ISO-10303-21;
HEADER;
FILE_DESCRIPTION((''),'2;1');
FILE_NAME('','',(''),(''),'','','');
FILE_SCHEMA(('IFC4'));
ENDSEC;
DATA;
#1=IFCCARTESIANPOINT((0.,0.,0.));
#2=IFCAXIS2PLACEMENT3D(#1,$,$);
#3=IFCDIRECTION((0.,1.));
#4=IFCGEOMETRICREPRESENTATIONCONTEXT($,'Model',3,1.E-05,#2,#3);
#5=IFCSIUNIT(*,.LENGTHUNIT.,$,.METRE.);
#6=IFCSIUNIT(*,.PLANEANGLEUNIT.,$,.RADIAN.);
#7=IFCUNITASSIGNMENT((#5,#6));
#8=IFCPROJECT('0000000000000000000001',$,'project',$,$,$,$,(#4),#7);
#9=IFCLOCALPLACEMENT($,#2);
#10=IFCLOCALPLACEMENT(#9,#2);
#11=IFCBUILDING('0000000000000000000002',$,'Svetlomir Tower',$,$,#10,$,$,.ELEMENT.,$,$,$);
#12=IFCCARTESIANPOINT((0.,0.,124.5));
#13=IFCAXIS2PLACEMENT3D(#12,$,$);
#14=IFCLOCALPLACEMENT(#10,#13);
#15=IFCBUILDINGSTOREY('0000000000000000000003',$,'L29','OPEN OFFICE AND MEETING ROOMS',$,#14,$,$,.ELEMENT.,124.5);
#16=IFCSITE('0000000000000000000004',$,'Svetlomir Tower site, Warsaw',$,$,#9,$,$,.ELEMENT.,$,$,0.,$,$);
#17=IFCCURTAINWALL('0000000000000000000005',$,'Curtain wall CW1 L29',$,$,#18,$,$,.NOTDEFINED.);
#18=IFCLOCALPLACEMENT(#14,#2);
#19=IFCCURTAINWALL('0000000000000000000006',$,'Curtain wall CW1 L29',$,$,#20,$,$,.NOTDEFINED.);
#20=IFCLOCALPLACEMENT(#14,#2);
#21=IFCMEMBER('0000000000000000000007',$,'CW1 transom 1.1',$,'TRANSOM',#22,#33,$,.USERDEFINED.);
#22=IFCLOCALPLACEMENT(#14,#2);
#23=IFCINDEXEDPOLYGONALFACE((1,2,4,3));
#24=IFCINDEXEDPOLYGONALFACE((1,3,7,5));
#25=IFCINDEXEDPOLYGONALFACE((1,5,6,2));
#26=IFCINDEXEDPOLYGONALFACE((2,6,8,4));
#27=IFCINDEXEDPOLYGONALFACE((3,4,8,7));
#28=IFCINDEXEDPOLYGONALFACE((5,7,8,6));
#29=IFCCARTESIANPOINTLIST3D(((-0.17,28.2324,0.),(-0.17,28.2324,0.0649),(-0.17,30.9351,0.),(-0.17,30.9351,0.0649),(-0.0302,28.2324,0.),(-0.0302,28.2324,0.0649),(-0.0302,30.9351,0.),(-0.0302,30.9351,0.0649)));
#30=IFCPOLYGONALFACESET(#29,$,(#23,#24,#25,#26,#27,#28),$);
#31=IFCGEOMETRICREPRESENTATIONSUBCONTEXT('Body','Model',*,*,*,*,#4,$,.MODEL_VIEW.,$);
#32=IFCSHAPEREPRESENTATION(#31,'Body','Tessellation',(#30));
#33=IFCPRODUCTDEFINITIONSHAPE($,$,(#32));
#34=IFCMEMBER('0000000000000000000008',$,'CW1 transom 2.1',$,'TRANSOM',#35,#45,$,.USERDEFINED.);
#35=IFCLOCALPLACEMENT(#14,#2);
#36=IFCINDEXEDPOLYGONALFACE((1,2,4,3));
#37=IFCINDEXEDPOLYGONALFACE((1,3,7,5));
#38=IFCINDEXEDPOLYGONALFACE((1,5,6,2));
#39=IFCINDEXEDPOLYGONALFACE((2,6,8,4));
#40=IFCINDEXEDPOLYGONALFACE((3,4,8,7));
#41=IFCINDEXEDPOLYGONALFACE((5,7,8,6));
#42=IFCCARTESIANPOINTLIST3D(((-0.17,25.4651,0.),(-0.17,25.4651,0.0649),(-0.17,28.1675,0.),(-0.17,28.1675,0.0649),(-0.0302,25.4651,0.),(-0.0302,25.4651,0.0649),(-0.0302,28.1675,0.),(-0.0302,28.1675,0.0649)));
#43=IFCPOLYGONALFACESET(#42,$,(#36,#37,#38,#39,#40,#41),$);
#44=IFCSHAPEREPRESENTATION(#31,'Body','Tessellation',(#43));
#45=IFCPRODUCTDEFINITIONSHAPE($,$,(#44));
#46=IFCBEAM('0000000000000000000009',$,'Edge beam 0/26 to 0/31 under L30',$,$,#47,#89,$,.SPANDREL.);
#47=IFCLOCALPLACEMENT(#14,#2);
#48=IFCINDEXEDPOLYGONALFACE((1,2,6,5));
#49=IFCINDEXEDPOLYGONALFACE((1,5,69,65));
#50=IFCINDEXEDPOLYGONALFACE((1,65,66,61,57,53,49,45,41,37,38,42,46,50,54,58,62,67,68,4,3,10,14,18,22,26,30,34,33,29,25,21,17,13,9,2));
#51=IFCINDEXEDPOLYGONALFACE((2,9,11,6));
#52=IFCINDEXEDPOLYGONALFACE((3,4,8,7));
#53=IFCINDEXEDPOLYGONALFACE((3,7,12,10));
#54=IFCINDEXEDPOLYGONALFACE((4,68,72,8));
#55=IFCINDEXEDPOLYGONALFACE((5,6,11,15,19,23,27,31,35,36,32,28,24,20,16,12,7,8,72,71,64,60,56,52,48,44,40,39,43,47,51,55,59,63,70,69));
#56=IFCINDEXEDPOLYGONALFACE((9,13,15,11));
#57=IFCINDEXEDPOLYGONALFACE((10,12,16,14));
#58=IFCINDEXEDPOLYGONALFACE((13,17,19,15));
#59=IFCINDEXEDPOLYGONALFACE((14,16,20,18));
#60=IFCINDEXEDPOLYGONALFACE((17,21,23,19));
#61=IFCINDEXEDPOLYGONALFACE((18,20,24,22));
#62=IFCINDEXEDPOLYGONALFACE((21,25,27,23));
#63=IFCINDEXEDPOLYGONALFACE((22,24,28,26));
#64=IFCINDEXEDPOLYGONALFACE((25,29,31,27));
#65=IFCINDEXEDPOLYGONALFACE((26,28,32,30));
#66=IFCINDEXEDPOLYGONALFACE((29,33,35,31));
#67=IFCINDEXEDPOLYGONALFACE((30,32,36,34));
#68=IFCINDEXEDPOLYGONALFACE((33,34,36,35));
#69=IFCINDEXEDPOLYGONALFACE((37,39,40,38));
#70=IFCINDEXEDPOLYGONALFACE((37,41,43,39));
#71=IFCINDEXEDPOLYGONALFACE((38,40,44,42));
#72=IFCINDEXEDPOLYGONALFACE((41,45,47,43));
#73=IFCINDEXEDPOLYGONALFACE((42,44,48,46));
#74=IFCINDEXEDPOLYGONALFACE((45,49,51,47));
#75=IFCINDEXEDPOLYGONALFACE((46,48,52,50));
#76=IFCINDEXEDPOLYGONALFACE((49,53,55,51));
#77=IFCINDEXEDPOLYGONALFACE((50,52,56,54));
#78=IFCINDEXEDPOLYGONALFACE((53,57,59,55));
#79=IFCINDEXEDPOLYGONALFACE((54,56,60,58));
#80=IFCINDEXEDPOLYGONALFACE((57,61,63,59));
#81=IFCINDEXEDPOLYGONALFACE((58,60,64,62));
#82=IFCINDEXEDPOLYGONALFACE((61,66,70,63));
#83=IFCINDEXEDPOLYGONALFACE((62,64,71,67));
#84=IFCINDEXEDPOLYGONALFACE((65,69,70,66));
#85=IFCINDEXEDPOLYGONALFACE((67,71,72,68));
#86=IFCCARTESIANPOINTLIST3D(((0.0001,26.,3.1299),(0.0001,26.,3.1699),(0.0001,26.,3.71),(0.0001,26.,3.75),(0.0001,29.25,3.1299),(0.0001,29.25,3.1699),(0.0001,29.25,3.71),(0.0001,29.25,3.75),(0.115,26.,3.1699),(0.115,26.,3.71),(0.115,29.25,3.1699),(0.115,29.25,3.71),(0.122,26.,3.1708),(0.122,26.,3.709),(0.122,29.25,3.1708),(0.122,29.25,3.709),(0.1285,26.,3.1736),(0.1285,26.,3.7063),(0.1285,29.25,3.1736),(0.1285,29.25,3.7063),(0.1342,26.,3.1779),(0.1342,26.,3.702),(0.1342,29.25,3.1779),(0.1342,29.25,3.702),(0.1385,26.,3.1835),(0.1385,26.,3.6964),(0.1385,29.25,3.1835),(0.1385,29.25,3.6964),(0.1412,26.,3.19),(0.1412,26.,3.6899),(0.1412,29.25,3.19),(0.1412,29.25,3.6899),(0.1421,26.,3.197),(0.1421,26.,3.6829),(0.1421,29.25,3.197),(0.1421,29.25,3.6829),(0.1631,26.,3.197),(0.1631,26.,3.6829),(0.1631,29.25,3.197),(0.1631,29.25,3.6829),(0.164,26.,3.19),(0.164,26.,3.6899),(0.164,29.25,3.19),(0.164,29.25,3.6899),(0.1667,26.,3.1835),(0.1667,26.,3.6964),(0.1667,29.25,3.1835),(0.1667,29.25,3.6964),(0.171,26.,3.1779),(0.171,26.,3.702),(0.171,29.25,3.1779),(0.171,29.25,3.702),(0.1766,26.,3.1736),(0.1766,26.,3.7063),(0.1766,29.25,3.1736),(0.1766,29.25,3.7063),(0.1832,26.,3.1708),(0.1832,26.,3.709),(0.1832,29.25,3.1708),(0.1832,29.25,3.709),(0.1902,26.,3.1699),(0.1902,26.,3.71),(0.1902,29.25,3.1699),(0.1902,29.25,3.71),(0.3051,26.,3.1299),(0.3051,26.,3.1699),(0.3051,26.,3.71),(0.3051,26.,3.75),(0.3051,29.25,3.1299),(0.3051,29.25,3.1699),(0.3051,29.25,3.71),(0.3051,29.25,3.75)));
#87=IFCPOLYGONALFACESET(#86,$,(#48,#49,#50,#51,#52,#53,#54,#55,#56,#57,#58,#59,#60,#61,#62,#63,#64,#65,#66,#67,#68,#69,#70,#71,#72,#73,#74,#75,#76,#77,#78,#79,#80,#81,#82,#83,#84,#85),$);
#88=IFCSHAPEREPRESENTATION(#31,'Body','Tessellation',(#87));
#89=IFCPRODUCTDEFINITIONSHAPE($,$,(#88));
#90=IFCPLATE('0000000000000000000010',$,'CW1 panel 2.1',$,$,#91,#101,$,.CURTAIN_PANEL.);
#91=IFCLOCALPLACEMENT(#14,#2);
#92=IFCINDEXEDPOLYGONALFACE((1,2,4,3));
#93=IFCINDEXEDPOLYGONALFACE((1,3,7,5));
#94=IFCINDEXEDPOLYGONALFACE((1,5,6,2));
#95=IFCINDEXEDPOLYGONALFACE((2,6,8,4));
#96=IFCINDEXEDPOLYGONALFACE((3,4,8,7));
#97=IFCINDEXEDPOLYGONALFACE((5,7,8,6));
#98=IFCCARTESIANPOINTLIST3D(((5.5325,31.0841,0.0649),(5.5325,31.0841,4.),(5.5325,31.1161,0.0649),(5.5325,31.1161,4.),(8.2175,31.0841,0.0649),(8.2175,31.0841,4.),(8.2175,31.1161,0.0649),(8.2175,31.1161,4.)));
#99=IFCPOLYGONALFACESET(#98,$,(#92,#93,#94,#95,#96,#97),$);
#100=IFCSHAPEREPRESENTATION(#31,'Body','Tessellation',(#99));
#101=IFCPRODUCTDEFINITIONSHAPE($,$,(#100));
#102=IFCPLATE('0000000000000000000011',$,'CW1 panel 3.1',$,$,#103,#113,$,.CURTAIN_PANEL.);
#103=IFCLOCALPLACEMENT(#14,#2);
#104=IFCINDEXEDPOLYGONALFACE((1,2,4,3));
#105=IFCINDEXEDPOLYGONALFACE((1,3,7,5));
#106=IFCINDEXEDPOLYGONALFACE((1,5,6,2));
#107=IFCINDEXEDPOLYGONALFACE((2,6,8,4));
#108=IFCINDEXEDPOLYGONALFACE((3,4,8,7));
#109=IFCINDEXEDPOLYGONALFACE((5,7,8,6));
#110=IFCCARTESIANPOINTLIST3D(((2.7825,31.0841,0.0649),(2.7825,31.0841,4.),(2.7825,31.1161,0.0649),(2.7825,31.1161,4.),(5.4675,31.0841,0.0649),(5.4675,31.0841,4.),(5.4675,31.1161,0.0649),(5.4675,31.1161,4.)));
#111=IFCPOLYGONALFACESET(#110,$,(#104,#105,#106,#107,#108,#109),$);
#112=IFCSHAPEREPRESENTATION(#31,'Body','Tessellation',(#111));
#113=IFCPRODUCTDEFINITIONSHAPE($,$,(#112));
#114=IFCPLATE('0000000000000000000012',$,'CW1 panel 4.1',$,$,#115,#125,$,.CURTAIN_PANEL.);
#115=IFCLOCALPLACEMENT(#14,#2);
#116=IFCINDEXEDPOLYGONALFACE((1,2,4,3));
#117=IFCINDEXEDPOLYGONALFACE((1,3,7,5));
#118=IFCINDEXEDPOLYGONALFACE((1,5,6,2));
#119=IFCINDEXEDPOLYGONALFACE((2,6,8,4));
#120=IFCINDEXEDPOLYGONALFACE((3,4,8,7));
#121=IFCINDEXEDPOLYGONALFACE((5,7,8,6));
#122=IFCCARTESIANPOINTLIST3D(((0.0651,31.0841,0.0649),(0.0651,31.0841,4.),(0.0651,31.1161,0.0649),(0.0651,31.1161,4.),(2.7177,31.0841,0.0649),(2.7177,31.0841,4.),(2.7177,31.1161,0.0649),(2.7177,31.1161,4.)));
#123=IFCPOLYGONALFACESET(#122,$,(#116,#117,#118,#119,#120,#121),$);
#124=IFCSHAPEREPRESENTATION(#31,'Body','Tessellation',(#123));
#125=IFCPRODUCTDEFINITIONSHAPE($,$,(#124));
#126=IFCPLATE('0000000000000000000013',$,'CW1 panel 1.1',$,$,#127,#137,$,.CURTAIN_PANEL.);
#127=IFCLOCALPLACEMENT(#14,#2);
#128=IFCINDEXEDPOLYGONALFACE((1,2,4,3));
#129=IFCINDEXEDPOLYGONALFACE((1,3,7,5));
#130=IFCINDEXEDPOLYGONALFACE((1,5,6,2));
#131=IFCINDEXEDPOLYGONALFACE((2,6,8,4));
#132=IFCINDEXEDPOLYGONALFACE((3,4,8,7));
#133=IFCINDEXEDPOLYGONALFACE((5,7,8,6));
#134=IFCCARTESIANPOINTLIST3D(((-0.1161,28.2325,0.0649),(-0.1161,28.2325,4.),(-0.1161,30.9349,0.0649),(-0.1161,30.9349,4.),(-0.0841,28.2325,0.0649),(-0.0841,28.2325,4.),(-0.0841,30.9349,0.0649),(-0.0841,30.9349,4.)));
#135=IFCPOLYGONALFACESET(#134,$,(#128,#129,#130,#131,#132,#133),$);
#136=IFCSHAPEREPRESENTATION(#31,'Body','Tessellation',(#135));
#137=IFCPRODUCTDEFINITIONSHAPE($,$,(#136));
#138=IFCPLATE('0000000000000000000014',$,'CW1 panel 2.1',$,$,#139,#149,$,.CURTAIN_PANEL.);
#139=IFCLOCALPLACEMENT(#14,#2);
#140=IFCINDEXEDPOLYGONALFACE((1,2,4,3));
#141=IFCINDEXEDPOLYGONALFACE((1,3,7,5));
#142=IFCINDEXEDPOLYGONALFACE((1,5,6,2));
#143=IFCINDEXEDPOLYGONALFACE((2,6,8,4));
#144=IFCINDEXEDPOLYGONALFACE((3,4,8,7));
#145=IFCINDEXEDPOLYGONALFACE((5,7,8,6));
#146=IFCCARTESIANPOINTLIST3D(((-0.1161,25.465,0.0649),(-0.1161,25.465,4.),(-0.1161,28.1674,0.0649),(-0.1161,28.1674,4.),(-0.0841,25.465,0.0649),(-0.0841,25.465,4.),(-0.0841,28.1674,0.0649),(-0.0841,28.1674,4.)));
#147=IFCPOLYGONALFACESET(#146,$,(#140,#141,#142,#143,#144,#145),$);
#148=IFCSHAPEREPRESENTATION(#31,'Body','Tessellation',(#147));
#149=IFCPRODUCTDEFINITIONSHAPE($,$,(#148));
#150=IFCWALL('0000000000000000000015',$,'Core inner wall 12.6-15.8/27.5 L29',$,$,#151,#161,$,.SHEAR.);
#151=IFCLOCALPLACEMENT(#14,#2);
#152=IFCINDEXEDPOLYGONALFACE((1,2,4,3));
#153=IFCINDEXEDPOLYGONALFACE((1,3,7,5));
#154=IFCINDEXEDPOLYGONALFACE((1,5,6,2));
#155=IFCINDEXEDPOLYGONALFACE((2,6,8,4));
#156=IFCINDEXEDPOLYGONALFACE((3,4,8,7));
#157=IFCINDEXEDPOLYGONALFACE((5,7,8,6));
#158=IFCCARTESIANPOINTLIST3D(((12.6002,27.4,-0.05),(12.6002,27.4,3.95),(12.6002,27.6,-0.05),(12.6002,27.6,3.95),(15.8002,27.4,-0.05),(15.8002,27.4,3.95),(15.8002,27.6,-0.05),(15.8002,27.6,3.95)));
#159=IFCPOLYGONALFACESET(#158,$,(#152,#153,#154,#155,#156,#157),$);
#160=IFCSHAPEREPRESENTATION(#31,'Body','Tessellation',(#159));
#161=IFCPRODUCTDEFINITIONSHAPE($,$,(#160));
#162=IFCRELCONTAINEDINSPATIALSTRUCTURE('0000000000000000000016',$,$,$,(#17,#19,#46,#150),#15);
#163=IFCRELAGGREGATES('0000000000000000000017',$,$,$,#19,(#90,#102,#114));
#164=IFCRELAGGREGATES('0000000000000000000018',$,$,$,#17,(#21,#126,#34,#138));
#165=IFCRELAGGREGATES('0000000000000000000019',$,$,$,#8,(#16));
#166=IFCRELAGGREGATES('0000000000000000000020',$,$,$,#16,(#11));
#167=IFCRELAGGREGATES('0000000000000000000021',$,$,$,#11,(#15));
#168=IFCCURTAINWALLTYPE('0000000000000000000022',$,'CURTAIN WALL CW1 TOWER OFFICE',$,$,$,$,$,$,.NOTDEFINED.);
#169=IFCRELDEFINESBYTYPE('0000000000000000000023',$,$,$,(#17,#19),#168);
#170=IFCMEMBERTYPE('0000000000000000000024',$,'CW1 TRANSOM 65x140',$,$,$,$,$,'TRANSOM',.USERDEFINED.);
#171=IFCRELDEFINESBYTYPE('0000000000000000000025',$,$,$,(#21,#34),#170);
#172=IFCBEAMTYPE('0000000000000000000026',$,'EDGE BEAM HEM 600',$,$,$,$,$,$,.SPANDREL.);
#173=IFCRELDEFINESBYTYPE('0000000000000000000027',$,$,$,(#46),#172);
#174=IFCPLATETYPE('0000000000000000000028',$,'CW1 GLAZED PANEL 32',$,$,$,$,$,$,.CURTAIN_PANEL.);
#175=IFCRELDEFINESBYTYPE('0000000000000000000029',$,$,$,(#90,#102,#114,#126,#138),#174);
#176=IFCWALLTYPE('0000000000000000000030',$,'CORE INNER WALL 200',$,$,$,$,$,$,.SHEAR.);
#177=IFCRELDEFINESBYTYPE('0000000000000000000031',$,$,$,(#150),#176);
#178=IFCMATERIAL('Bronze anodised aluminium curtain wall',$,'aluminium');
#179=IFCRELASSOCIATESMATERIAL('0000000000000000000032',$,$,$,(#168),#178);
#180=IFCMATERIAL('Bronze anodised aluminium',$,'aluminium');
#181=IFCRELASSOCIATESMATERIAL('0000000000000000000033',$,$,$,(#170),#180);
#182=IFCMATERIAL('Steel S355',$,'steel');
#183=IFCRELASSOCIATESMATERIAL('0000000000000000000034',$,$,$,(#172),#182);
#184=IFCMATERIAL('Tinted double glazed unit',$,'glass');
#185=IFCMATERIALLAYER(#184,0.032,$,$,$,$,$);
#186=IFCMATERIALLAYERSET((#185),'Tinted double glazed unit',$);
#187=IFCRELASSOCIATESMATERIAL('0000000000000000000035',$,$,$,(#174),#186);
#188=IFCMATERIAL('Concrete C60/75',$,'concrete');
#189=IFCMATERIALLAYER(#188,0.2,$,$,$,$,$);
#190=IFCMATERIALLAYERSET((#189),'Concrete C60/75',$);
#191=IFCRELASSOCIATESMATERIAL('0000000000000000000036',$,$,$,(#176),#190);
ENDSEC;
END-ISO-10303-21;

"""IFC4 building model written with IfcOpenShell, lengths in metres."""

from ifc_helpers import new_model, si_unit, direction, frame, frame_2d, origin, origin_2d, place, context, subcontext, project, spatial, rectangle, i_section, extrude, material, layer, layer_set, material_profile, profile_set, type_object, element, aggregate, save


model = new_model("IFC4")

# Units and contexts
model_context = context("Model", 3, precision=1e-05, world=origin(), true_north=direction((0.0, 1.0)))
body_context = subcontext(model_context, "Body", "Model", "MODEL_VIEW")
ifc_project = project(units=[si_unit("LENGTHUNIT", "METRE"), si_unit("PLANEANGLEUNIT", "RADIAN")], contexts=[model_context])

# Site, building, storey
site_placement = place(None, origin())
site = spatial("IfcSite", under=ifc_project, at=site_placement, Name="Svetlomir Tower site, Warsaw", CompositionType="ELEMENT", RefElevation=0.0)
building_placement = place(site_placement, origin())
building = spatial("IfcBuilding", under=site, at=building_placement, Name="Svetlomir Tower", CompositionType="ELEMENT")
storey_placement = place(building_placement, frame((0.0, 0.0, 124.5)))
storey = spatial("IfcBuildingStorey", under=building, at=storey_placement, Name="L29", Description="OPEN OFFICE AND MEETING ROOMS", CompositionType="ELEMENT", Elevation=124.5)

# Curtain wall
ifc_material_1 = material(Name="Bronze anodised aluminium curtain wall", Category="aluminium")
curtain_wall_type = type_object("IfcCurtainWallType", Name="CURTAIN WALL CW1 TOWER OFFICE", PredefinedType="NOTDEFINED", material=ifc_material_1)
curtain_wall_1_placement = place(storey_placement, origin())
curtain_wall_1 = element("IfcCurtainWall", 1, at=curtain_wall_1_placement, inside=storey, type_object=curtain_wall_type, Name="Curtain wall CW1 L29", PredefinedType="NOTDEFINED")

# Curtain wall
curtain_wall_2_placement = place(storey_placement, origin())
curtain_wall_2 = element("IfcCurtainWall", 2, at=curtain_wall_2_placement, inside=storey, type_object=curtain_wall_type, Name="Curtain wall CW1 L29", PredefinedType="NOTDEFINED")

# Members
ifc_material_2 = material(Name="Bronze anodised aluminium", Category="aluminium")
ifc_material_profile_1 = material_profile(ifc_material_2, rectangle(XDim=0.1399, YDim=0.0649, at=origin_2d()), Name="AL 140x65")
ifc_profile_set_1 = profile_set([ifc_material_profile_1], Name="Bronze anodised aluminium 6063-T6")
member_type_1 = type_object("IfcMemberType", Name="CW1 TRANSOM 65x140", ElementType="TRANSOM", PredefinedType="USERDEFINED", material=ifc_profile_set_1)
member_1_placement = place(storey_placement, frame((-0.1001, 30.9351, 0.0325), z_axis=(0.0, -1.0, 0.0), x_axis=(1.0, 0.0, 0.0)))
member_1 = element("IfcMember", 3, at=member_1_placement, type_object=member_type_1, Name="CW1 transom 1.1", ObjectType="TRANSOM", PredefinedType="USERDEFINED", context=body_context, shape_type="SweptSolid", body=[
    extrude(rectangle(XDim=0.1399, YDim=0.0649, at=origin_2d()), origin(), (0.0, 0.0, 1.0), 2.7026),
])
member_2_placement = place(storey_placement, frame((-0.1001, 28.1675, 0.0325), z_axis=(0.0, -1.0, 0.0), x_axis=(1.0, 0.0, 0.0)))
member_2 = element("IfcMember", 4, at=member_2_placement, type_object=member_type_1, Name="CW1 transom 2.1", ObjectType="TRANSOM", PredefinedType="USERDEFINED", context=body_context, shape_type="SweptSolid", body=[
    extrude(rectangle(XDim=0.1399, YDim=0.0649, at=origin_2d()), origin(), (0.0, 0.0, 1.0), 2.7024),
])

# Beam
ifc_material_3 = material(Name="Steel S355", Category="steel")
ifc_material_profile_2 = material_profile(ifc_material_3, i_section(OverallWidth=0.3049, OverallDepth=0.6201, WebThickness=0.021, FlangeThickness=0.04, FilletRadius=0.0271, at=origin_2d()), Name="HEM 600")
ifc_profile_set_2 = profile_set([ifc_material_profile_2], Name="Steel S355")
beam_type = type_object("IfcBeamType", Name="EDGE BEAM HEM 600", PredefinedType="SPANDREL", material=ifc_profile_set_2)
beam_placement = place(storey_placement, frame((0.1526, 26.0, 3.4399), z_axis=(0.0, 1.0, 0.0), x_axis=(-1.0, 0.0, 0.0)))
element("IfcBeam", 5, at=beam_placement, inside=storey, type_object=beam_type, Name="Edge beam 0/26 to 0/31 under L30", PredefinedType="SPANDREL", context=body_context, shape_type="SweptSolid", body=[
    extrude(i_section(OverallWidth=0.3049, OverallDepth=0.6201, WebThickness=0.021, FlangeThickness=0.04, FilletRadius=0.0271, at=origin_2d()), origin(), (0.0, 0.0, 1.0), 3.25),
])

# Plates
ifc_material_4 = material(Name="Tinted double glazed unit", Category="glass")
ifc_layer_1 = layer(ifc_material_4, 0.032)
ifc_layer_set_1 = layer_set([ifc_layer_1], Name="Tinted double glazed unit")
plate_type = type_object("IfcPlateType", Name="CW1 GLAZED PANEL 32", PredefinedType="CURTAIN_PANEL", material=ifc_layer_set_1)
plate_1_placement = place(storey_placement, frame((6.875, 31.1001, 0.0649), z_axis=(0.0, 0.0, 1.0), x_axis=(-1.0, 0.0, 0.0)))
plate_1 = element("IfcPlate", 6, at=plate_1_placement, type_object=plate_type, Name="CW1 panel 2.1", PredefinedType="CURTAIN_PANEL", context=body_context, shape_type="SweptSolid", body=[
    extrude(rectangle(XDim=2.6851, YDim=0.032, at=origin_2d()), origin(), (0.0, 0.0, 1.0), 3.9351),
])
plate_2_placement = place(storey_placement, frame((4.125, 31.1001, 0.0649), z_axis=(0.0, 0.0, 1.0), x_axis=(-1.0, 0.0, 0.0)))
plate_2 = element("IfcPlate", 7, at=plate_2_placement, type_object=plate_type, Name="CW1 panel 3.1", PredefinedType="CURTAIN_PANEL", context=body_context, shape_type="SweptSolid", body=[
    extrude(rectangle(XDim=2.6851, YDim=0.032, at=origin_2d()), origin(), (0.0, 0.0, 1.0), 3.9351),
])
plate_3_placement = place(storey_placement, frame((1.3914, 31.1001, 0.0649), z_axis=(0.0, 0.0, 1.0), x_axis=(-1.0, 0.0, 0.0)))
plate_3 = element("IfcPlate", 8, at=plate_3_placement, type_object=plate_type, Name="CW1 panel 4.1", PredefinedType="CURTAIN_PANEL", context=body_context, shape_type="SweptSolid", body=[
    extrude(rectangle(XDim=2.6526, YDim=0.032, at=origin_2d()), origin(), (0.0, 0.0, 1.0), 3.9351),
])
aggregate(curtain_wall_2, [plate_1, plate_2, plate_3])
plate_4_placement = place(storey_placement, frame((-0.1001, 29.5837, 0.0649), z_axis=(0.0, 0.0, 1.0), x_axis=(0.0, -1.0, 0.0)))
plate_4 = element("IfcPlate", 9, at=plate_4_placement, type_object=plate_type, Name="CW1 panel 1.1", PredefinedType="CURTAIN_PANEL", context=body_context, shape_type="SweptSolid", body=[
    extrude(rectangle(XDim=2.7024, YDim=0.032, at=origin_2d()), origin(), (0.0, 0.0, 1.0), 3.9351),
])
plate_5_placement = place(storey_placement, frame((-0.1001, 26.8162, 0.0649), z_axis=(0.0, 0.0, 1.0), x_axis=(0.0, -1.0, 0.0)))
plate_5 = element("IfcPlate", 10, at=plate_5_placement, type_object=plate_type, Name="CW1 panel 2.1", PredefinedType="CURTAIN_PANEL", context=body_context, shape_type="SweptSolid", body=[
    extrude(rectangle(XDim=2.7024, YDim=0.032, at=origin_2d()), origin(), (0.0, 0.0, 1.0), 3.9351),
])
aggregate(curtain_wall_1, [member_1, plate_4, member_2, plate_5])

# Wall
ifc_material_5 = material(Name="Concrete C60/75", Category="concrete")
ifc_layer_2 = layer(ifc_material_5, 0.2)
ifc_layer_set_2 = layer_set([ifc_layer_2], Name="Concrete C60/75")
wall_type_1 = type_object("IfcWallType", Name="CORE INNER WALL 200", PredefinedType="SHEAR", material=ifc_layer_set_2)
wall_1_placement = place(storey_placement, frame((12.6001, 27.5, -0.05), z_axis=(0.0, 0.0, 1.0), x_axis=(1.0, 0.0, 0.0)))
element("IfcWall", 11, at=wall_1_placement, inside=storey, type_object=wall_type_1, Name="Core inner wall 12.6-15.8/27.5 L29", PredefinedType="SHEAR", context=body_context, shape_type="SweptSolid", body=[
    extrude(rectangle(XDim=3.2, YDim=0.2, at=frame_2d((1.6001, 0.0))), origin(), (0.0, 0.0, 1.0), 4.0),
])

save(model, "model.ifc")
